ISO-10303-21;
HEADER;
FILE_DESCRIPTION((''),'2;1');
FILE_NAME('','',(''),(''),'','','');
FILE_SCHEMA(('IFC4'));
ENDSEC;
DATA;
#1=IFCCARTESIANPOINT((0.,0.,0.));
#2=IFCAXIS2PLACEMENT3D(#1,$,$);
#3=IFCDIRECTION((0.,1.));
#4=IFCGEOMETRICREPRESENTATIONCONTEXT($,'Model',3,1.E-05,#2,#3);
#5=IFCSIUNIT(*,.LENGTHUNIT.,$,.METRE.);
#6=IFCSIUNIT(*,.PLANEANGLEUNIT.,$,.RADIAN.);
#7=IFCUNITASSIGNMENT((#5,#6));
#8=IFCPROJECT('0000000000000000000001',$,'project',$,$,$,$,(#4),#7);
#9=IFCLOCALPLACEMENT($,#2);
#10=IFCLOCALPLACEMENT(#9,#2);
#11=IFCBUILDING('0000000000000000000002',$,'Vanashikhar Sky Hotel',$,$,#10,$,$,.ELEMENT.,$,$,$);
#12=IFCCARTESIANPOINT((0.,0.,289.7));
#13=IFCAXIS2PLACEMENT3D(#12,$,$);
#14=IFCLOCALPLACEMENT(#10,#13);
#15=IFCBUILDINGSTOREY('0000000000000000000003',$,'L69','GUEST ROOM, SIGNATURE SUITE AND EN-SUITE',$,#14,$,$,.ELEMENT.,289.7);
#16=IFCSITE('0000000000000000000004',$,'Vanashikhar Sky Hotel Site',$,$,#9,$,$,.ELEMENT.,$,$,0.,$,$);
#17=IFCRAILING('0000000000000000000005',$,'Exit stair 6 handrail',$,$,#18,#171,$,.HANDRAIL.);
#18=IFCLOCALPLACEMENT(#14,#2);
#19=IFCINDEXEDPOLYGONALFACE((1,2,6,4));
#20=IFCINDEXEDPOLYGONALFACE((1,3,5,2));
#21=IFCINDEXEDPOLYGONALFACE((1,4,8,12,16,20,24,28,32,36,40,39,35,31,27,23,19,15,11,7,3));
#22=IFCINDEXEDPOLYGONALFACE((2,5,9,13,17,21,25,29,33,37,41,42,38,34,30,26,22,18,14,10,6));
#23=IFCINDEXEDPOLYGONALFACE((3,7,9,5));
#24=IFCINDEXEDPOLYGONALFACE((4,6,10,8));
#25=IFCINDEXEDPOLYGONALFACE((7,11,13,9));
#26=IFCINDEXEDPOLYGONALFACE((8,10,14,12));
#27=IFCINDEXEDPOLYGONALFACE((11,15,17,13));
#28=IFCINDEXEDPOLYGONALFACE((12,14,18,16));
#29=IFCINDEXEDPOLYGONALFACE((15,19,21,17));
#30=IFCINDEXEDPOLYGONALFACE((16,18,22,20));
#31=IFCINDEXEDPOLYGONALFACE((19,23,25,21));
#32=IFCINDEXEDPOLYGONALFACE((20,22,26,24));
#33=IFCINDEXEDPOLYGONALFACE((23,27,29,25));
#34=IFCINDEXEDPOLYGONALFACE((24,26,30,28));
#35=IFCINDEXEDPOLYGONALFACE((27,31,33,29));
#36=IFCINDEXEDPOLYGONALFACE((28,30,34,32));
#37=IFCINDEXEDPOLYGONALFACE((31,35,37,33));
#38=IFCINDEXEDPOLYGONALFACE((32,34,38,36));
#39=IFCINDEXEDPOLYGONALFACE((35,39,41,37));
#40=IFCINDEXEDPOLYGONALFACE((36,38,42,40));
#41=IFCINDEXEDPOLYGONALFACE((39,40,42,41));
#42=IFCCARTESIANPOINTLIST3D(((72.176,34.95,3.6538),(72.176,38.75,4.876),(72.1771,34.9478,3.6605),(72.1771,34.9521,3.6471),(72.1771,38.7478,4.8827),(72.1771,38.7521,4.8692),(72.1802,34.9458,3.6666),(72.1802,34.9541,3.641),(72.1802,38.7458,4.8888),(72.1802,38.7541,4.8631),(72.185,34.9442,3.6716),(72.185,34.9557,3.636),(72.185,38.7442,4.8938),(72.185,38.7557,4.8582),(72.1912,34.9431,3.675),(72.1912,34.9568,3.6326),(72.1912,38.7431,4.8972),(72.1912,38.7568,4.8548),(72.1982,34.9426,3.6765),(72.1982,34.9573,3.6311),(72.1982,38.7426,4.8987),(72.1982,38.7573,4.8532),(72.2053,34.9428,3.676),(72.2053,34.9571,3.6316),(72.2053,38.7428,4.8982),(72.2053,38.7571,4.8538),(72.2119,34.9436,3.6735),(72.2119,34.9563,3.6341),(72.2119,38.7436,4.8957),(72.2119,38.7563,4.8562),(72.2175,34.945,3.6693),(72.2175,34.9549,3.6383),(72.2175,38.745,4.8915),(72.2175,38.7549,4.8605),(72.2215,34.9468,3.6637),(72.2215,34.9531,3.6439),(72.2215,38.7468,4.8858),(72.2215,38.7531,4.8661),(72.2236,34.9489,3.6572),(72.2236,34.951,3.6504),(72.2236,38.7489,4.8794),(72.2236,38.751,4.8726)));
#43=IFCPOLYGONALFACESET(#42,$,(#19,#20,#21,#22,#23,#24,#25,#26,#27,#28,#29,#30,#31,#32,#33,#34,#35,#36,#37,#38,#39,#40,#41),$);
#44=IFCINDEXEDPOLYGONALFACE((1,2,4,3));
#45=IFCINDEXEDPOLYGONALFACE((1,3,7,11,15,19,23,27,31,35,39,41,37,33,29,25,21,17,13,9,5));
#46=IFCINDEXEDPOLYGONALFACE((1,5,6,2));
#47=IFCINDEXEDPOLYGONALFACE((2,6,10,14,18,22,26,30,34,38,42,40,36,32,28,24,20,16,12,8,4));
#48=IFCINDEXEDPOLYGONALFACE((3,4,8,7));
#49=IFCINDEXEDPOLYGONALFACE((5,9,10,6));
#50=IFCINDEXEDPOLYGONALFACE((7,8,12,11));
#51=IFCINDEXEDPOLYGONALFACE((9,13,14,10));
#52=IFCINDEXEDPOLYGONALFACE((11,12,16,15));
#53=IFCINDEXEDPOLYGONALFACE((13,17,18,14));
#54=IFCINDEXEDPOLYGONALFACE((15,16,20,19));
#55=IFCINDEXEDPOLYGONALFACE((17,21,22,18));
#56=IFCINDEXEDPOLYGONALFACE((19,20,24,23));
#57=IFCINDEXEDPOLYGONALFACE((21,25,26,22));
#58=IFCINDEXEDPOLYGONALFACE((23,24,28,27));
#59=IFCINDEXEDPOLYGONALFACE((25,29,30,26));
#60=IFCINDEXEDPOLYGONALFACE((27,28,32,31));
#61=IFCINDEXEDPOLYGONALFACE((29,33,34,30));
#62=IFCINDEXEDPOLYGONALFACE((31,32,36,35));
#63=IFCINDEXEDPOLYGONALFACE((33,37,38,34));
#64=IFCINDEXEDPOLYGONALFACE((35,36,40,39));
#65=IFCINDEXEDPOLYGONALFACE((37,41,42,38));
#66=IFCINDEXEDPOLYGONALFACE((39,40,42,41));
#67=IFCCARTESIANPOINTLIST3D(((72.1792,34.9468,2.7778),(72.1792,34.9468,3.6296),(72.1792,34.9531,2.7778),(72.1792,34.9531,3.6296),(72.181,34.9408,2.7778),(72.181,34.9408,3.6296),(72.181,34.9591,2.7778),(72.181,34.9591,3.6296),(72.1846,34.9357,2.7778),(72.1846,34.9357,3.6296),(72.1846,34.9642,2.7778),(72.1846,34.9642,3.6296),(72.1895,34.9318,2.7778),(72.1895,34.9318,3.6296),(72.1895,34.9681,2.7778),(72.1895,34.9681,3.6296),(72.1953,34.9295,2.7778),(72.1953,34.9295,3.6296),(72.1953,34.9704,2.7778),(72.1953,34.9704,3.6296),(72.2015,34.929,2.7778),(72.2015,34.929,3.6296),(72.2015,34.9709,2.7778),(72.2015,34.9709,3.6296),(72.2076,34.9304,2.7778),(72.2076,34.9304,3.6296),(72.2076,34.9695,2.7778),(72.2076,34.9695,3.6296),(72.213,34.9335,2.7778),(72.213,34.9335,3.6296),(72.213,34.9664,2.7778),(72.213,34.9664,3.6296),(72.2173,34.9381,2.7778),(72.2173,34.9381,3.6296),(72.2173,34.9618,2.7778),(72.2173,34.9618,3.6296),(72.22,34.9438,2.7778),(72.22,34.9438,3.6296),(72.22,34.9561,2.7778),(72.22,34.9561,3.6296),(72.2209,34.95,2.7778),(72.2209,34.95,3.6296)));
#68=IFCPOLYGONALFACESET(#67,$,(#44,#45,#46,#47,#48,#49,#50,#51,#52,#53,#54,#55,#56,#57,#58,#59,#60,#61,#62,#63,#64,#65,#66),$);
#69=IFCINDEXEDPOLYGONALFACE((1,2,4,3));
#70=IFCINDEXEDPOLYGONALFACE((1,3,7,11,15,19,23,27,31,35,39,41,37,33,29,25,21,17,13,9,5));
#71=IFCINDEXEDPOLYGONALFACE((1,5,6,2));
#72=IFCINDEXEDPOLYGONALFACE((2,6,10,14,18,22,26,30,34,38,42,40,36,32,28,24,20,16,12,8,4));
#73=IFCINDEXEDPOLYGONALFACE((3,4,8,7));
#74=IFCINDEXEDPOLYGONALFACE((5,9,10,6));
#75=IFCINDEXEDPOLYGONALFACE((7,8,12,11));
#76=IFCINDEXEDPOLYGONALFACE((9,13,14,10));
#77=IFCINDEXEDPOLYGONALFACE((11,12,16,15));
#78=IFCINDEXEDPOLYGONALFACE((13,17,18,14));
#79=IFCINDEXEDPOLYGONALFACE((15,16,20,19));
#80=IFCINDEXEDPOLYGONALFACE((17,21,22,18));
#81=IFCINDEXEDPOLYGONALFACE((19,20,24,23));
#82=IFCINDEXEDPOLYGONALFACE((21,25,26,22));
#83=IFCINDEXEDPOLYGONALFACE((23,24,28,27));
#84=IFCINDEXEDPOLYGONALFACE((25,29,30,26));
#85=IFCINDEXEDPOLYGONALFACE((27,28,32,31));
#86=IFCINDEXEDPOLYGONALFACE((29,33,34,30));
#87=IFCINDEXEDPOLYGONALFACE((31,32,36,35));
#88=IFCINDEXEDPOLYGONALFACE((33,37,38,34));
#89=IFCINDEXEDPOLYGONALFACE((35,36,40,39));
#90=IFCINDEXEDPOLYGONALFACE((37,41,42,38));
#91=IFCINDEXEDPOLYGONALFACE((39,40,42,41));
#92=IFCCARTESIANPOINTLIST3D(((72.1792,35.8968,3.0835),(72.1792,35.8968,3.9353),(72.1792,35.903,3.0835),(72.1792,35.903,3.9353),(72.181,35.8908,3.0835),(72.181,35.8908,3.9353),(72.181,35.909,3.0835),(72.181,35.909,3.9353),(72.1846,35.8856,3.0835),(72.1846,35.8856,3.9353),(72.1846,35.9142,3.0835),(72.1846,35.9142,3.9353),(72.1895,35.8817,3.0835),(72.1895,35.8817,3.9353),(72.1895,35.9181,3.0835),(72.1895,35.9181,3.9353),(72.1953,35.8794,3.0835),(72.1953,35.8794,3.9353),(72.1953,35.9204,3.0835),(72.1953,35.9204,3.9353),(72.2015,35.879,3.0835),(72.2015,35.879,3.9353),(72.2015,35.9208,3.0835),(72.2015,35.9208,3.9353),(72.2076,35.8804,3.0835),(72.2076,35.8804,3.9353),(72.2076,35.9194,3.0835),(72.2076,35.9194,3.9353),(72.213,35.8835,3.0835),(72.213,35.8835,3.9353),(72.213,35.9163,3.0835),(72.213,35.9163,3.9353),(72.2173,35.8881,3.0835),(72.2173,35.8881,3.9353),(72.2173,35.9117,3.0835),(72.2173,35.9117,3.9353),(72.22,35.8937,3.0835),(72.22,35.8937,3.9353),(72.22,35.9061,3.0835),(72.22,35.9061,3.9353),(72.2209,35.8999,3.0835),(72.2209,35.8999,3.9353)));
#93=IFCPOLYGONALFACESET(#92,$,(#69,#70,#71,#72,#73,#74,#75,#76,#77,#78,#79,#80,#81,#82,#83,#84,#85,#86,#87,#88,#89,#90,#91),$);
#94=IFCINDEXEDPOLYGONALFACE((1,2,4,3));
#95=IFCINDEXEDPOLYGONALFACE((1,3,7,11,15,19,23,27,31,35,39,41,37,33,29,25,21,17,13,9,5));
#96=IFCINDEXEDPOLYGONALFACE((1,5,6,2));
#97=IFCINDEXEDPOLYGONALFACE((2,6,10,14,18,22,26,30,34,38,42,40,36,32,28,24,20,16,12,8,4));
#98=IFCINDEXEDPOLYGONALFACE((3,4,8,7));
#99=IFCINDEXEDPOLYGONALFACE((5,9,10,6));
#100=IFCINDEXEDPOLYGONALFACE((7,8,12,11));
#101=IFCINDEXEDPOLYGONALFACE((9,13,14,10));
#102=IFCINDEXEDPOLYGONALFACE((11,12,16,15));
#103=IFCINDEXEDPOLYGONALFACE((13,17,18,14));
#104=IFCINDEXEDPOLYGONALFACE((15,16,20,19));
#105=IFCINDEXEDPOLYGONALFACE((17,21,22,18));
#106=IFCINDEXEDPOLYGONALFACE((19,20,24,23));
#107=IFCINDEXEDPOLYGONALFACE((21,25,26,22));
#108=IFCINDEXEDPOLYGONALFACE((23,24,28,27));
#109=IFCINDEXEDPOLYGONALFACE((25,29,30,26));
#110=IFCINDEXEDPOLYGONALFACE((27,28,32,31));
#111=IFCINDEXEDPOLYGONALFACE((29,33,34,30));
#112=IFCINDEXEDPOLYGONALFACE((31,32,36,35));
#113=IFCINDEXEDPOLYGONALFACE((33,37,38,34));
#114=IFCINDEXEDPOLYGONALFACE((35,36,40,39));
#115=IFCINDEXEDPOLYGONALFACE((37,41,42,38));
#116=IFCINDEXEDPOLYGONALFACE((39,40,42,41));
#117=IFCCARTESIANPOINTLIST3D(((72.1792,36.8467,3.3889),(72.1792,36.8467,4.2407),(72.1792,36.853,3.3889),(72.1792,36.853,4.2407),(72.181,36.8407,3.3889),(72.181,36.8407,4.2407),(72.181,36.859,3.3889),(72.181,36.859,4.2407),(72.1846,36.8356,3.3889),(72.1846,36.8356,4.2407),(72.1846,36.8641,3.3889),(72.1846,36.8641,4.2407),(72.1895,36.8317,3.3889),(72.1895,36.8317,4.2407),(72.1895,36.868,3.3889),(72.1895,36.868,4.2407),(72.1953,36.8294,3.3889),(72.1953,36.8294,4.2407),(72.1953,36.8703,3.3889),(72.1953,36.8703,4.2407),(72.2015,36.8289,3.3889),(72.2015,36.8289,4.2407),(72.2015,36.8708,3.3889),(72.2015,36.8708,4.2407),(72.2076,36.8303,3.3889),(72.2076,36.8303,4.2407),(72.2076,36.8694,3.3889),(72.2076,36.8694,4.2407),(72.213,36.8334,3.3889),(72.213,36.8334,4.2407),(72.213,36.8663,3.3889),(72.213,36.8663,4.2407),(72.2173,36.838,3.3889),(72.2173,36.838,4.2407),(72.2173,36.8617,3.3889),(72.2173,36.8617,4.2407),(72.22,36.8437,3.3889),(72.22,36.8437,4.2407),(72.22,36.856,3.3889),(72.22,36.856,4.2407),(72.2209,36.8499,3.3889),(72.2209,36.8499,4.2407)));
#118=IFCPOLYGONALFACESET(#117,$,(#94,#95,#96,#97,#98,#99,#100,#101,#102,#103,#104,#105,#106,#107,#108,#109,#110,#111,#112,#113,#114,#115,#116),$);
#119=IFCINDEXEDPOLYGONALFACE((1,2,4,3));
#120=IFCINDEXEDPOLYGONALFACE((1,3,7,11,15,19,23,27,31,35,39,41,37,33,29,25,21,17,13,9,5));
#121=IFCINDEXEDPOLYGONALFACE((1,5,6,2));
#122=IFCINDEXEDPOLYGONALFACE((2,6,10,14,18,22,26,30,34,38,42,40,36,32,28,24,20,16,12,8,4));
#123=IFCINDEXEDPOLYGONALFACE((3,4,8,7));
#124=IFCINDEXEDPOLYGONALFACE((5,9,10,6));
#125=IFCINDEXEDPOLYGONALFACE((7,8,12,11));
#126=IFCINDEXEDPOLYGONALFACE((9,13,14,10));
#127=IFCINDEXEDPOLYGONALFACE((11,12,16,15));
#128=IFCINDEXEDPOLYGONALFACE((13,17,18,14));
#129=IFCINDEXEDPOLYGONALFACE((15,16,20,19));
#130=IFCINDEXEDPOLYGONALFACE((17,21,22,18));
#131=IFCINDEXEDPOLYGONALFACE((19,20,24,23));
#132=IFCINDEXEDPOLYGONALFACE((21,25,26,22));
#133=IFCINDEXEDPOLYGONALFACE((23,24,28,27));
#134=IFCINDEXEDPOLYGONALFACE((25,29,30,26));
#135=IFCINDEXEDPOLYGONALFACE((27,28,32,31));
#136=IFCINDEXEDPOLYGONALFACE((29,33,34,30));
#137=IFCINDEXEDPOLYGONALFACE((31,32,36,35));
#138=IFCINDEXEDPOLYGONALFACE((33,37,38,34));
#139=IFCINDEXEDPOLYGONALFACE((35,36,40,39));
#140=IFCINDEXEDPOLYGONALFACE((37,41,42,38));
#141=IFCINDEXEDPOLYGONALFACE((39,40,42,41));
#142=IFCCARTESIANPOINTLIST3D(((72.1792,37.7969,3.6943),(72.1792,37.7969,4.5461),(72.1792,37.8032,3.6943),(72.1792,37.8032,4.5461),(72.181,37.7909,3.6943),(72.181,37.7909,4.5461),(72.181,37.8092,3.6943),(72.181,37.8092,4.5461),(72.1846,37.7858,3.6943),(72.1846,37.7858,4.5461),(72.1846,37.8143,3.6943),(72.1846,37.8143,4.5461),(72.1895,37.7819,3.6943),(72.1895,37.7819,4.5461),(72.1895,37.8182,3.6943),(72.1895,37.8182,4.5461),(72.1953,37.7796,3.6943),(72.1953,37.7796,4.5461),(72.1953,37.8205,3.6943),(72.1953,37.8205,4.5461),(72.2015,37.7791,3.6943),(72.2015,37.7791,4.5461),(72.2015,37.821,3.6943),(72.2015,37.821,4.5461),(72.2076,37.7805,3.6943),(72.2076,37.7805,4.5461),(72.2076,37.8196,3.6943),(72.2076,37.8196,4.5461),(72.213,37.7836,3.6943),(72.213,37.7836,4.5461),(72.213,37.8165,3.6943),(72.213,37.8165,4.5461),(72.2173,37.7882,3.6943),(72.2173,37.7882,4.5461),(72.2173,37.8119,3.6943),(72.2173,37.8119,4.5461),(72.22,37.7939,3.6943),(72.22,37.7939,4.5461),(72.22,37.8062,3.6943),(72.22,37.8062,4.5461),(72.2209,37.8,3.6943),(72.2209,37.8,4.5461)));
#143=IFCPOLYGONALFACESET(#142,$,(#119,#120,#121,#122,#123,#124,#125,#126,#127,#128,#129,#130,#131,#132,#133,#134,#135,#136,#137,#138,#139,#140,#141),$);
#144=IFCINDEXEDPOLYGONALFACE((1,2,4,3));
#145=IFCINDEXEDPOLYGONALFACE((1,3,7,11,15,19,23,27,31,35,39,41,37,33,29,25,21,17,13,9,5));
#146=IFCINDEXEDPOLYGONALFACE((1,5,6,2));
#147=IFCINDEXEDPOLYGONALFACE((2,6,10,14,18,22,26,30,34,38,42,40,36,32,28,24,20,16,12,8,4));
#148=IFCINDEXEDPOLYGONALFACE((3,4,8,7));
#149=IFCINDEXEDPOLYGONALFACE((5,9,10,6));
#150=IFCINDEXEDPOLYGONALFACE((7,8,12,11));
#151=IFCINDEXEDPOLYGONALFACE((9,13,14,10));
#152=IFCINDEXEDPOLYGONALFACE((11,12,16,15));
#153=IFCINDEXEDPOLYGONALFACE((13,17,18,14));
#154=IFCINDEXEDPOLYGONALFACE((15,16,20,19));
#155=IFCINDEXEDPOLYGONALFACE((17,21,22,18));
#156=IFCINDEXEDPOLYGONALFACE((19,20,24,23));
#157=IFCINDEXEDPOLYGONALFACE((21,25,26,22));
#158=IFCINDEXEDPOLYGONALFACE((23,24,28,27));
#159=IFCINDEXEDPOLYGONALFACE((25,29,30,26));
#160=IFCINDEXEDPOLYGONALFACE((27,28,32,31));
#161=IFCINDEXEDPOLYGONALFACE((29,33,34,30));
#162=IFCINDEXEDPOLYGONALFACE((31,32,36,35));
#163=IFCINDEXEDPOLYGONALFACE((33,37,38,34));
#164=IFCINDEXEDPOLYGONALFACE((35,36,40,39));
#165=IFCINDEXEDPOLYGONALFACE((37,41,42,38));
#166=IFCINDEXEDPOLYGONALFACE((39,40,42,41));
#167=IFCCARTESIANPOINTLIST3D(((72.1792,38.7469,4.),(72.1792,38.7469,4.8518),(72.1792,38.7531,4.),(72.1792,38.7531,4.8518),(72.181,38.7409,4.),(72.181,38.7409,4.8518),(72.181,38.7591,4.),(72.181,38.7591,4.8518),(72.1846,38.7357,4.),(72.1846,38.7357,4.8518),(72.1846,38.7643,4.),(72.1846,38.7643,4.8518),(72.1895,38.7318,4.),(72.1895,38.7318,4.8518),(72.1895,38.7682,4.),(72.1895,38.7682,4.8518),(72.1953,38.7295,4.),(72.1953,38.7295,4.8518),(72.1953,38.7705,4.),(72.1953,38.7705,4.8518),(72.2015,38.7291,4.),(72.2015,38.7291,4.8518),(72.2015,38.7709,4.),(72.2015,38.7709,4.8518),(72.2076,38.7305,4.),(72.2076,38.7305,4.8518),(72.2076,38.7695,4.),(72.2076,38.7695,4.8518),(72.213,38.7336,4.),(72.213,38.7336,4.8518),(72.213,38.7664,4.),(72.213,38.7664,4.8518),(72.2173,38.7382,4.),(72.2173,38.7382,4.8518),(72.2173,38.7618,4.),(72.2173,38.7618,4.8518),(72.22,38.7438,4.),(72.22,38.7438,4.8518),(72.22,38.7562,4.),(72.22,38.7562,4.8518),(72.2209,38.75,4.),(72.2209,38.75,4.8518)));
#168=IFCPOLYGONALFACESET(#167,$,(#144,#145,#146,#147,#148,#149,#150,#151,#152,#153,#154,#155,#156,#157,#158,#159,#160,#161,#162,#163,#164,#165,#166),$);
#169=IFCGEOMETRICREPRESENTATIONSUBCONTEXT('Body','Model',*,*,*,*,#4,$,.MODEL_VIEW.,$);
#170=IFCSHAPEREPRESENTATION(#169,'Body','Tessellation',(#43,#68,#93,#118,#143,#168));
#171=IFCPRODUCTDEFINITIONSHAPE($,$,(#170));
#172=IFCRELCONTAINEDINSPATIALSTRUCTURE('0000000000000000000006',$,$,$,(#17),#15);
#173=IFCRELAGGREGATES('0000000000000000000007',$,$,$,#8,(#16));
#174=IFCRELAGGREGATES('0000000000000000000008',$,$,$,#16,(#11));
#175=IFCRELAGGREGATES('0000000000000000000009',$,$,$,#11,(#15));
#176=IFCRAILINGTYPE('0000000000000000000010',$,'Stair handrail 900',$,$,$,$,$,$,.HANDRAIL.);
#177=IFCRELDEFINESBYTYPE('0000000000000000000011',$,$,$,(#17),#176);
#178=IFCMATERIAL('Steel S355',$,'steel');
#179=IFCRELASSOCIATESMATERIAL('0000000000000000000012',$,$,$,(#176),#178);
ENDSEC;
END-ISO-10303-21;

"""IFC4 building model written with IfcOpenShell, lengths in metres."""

from ifc_helpers import new_model, si_unit, direction, frame, origin, origin_2d, place, context, subcontext, project, spatial, circle, extrude, source, transform, mapped, material, type_object, element, save


model = new_model("IFC4")

# Units and contexts
model_context = context("Model", 3, precision=1e-05, world=origin(), true_north=direction((0.0, 1.0)))
body_context = subcontext(model_context, "Body", "Model", "MODEL_VIEW")
ifc_project = project(units=[si_unit("LENGTHUNIT", "METRE"), si_unit("PLANEANGLEUNIT", "RADIAN")], contexts=[model_context])

# Site, building, storey
site_placement = place(None, origin())
site = spatial("IfcSite", under=ifc_project, at=site_placement, Name="Vanashikhar Sky Hotel Site", CompositionType="ELEMENT", RefElevation=0.0)
building_placement = place(site_placement, origin())
building = spatial("IfcBuilding", under=site, at=building_placement, Name="Vanashikhar Sky Hotel", CompositionType="ELEMENT")
storey_placement = place(building_placement, frame((0.0, 0.0, 289.7)))
storey = spatial("IfcBuildingStorey", under=building, at=storey_placement, Name="L69", Description="GUEST ROOM, SIGNATURE SUITE AND EN-SUITE", CompositionType="ELEMENT", Elevation=289.7)

# Railing
ifc_material_1 = material(Name="Steel S355", Category="steel")
railing_type_1 = type_object("IfcRailingType", Name="Stair handrail 900", PredefinedType="HANDRAIL", material=ifc_material_1)
shared_shape_1 = source(origin(), body_context, "Body", "SweptSolid", [
    extrude(circle(Radius=0.0239, at=origin_2d()), frame((0.0, 0.0, 0.876), z_axis=(0.0, 0.951976, 0.306173), x_axis=(-1.0, 0.0, 0.0)), (0.0, 0.0, 1.0), 3.9917),
    extrude(circle(Radius=0.021, at=origin_2d()), origin(), (0.0, 0.0, 1.0), 0.8518),
    extrude(circle(Radius=0.021, at=origin_2d()), frame((0.0, 0.95, 0.3057)), (0.0, 0.0, 1.0), 0.8518),
    extrude(circle(Radius=0.021, at=origin_2d()), frame((0.0, 1.8999, 0.6111)), (0.0, 0.0, 1.0), 0.8518),
    extrude(circle(Radius=0.021, at=origin_2d()), frame((0.0, 2.8501, 0.9165)), (0.0, 0.0, 1.0), 0.8518),
    extrude(circle(Radius=0.021, at=origin_2d()), frame((0.0, 3.8, 1.2222)), (0.0, 0.0, 1.0), 0.8518),
])
railing_1_placement = place(storey_placement, frame((72.2, 34.95, 2.7778)))
element("IfcRailing", 1, at=railing_1_placement, inside=storey, type_object=railing_type_1, Name="Exit stair 6 handrail", PredefinedType="HANDRAIL", context=body_context, shape_type="MappedRepresentation", body=[
    mapped(shared_shape_1, transform((0.0, 0.0, 0.0), scale=1.0)),
])

save(model, "model.ifc")
